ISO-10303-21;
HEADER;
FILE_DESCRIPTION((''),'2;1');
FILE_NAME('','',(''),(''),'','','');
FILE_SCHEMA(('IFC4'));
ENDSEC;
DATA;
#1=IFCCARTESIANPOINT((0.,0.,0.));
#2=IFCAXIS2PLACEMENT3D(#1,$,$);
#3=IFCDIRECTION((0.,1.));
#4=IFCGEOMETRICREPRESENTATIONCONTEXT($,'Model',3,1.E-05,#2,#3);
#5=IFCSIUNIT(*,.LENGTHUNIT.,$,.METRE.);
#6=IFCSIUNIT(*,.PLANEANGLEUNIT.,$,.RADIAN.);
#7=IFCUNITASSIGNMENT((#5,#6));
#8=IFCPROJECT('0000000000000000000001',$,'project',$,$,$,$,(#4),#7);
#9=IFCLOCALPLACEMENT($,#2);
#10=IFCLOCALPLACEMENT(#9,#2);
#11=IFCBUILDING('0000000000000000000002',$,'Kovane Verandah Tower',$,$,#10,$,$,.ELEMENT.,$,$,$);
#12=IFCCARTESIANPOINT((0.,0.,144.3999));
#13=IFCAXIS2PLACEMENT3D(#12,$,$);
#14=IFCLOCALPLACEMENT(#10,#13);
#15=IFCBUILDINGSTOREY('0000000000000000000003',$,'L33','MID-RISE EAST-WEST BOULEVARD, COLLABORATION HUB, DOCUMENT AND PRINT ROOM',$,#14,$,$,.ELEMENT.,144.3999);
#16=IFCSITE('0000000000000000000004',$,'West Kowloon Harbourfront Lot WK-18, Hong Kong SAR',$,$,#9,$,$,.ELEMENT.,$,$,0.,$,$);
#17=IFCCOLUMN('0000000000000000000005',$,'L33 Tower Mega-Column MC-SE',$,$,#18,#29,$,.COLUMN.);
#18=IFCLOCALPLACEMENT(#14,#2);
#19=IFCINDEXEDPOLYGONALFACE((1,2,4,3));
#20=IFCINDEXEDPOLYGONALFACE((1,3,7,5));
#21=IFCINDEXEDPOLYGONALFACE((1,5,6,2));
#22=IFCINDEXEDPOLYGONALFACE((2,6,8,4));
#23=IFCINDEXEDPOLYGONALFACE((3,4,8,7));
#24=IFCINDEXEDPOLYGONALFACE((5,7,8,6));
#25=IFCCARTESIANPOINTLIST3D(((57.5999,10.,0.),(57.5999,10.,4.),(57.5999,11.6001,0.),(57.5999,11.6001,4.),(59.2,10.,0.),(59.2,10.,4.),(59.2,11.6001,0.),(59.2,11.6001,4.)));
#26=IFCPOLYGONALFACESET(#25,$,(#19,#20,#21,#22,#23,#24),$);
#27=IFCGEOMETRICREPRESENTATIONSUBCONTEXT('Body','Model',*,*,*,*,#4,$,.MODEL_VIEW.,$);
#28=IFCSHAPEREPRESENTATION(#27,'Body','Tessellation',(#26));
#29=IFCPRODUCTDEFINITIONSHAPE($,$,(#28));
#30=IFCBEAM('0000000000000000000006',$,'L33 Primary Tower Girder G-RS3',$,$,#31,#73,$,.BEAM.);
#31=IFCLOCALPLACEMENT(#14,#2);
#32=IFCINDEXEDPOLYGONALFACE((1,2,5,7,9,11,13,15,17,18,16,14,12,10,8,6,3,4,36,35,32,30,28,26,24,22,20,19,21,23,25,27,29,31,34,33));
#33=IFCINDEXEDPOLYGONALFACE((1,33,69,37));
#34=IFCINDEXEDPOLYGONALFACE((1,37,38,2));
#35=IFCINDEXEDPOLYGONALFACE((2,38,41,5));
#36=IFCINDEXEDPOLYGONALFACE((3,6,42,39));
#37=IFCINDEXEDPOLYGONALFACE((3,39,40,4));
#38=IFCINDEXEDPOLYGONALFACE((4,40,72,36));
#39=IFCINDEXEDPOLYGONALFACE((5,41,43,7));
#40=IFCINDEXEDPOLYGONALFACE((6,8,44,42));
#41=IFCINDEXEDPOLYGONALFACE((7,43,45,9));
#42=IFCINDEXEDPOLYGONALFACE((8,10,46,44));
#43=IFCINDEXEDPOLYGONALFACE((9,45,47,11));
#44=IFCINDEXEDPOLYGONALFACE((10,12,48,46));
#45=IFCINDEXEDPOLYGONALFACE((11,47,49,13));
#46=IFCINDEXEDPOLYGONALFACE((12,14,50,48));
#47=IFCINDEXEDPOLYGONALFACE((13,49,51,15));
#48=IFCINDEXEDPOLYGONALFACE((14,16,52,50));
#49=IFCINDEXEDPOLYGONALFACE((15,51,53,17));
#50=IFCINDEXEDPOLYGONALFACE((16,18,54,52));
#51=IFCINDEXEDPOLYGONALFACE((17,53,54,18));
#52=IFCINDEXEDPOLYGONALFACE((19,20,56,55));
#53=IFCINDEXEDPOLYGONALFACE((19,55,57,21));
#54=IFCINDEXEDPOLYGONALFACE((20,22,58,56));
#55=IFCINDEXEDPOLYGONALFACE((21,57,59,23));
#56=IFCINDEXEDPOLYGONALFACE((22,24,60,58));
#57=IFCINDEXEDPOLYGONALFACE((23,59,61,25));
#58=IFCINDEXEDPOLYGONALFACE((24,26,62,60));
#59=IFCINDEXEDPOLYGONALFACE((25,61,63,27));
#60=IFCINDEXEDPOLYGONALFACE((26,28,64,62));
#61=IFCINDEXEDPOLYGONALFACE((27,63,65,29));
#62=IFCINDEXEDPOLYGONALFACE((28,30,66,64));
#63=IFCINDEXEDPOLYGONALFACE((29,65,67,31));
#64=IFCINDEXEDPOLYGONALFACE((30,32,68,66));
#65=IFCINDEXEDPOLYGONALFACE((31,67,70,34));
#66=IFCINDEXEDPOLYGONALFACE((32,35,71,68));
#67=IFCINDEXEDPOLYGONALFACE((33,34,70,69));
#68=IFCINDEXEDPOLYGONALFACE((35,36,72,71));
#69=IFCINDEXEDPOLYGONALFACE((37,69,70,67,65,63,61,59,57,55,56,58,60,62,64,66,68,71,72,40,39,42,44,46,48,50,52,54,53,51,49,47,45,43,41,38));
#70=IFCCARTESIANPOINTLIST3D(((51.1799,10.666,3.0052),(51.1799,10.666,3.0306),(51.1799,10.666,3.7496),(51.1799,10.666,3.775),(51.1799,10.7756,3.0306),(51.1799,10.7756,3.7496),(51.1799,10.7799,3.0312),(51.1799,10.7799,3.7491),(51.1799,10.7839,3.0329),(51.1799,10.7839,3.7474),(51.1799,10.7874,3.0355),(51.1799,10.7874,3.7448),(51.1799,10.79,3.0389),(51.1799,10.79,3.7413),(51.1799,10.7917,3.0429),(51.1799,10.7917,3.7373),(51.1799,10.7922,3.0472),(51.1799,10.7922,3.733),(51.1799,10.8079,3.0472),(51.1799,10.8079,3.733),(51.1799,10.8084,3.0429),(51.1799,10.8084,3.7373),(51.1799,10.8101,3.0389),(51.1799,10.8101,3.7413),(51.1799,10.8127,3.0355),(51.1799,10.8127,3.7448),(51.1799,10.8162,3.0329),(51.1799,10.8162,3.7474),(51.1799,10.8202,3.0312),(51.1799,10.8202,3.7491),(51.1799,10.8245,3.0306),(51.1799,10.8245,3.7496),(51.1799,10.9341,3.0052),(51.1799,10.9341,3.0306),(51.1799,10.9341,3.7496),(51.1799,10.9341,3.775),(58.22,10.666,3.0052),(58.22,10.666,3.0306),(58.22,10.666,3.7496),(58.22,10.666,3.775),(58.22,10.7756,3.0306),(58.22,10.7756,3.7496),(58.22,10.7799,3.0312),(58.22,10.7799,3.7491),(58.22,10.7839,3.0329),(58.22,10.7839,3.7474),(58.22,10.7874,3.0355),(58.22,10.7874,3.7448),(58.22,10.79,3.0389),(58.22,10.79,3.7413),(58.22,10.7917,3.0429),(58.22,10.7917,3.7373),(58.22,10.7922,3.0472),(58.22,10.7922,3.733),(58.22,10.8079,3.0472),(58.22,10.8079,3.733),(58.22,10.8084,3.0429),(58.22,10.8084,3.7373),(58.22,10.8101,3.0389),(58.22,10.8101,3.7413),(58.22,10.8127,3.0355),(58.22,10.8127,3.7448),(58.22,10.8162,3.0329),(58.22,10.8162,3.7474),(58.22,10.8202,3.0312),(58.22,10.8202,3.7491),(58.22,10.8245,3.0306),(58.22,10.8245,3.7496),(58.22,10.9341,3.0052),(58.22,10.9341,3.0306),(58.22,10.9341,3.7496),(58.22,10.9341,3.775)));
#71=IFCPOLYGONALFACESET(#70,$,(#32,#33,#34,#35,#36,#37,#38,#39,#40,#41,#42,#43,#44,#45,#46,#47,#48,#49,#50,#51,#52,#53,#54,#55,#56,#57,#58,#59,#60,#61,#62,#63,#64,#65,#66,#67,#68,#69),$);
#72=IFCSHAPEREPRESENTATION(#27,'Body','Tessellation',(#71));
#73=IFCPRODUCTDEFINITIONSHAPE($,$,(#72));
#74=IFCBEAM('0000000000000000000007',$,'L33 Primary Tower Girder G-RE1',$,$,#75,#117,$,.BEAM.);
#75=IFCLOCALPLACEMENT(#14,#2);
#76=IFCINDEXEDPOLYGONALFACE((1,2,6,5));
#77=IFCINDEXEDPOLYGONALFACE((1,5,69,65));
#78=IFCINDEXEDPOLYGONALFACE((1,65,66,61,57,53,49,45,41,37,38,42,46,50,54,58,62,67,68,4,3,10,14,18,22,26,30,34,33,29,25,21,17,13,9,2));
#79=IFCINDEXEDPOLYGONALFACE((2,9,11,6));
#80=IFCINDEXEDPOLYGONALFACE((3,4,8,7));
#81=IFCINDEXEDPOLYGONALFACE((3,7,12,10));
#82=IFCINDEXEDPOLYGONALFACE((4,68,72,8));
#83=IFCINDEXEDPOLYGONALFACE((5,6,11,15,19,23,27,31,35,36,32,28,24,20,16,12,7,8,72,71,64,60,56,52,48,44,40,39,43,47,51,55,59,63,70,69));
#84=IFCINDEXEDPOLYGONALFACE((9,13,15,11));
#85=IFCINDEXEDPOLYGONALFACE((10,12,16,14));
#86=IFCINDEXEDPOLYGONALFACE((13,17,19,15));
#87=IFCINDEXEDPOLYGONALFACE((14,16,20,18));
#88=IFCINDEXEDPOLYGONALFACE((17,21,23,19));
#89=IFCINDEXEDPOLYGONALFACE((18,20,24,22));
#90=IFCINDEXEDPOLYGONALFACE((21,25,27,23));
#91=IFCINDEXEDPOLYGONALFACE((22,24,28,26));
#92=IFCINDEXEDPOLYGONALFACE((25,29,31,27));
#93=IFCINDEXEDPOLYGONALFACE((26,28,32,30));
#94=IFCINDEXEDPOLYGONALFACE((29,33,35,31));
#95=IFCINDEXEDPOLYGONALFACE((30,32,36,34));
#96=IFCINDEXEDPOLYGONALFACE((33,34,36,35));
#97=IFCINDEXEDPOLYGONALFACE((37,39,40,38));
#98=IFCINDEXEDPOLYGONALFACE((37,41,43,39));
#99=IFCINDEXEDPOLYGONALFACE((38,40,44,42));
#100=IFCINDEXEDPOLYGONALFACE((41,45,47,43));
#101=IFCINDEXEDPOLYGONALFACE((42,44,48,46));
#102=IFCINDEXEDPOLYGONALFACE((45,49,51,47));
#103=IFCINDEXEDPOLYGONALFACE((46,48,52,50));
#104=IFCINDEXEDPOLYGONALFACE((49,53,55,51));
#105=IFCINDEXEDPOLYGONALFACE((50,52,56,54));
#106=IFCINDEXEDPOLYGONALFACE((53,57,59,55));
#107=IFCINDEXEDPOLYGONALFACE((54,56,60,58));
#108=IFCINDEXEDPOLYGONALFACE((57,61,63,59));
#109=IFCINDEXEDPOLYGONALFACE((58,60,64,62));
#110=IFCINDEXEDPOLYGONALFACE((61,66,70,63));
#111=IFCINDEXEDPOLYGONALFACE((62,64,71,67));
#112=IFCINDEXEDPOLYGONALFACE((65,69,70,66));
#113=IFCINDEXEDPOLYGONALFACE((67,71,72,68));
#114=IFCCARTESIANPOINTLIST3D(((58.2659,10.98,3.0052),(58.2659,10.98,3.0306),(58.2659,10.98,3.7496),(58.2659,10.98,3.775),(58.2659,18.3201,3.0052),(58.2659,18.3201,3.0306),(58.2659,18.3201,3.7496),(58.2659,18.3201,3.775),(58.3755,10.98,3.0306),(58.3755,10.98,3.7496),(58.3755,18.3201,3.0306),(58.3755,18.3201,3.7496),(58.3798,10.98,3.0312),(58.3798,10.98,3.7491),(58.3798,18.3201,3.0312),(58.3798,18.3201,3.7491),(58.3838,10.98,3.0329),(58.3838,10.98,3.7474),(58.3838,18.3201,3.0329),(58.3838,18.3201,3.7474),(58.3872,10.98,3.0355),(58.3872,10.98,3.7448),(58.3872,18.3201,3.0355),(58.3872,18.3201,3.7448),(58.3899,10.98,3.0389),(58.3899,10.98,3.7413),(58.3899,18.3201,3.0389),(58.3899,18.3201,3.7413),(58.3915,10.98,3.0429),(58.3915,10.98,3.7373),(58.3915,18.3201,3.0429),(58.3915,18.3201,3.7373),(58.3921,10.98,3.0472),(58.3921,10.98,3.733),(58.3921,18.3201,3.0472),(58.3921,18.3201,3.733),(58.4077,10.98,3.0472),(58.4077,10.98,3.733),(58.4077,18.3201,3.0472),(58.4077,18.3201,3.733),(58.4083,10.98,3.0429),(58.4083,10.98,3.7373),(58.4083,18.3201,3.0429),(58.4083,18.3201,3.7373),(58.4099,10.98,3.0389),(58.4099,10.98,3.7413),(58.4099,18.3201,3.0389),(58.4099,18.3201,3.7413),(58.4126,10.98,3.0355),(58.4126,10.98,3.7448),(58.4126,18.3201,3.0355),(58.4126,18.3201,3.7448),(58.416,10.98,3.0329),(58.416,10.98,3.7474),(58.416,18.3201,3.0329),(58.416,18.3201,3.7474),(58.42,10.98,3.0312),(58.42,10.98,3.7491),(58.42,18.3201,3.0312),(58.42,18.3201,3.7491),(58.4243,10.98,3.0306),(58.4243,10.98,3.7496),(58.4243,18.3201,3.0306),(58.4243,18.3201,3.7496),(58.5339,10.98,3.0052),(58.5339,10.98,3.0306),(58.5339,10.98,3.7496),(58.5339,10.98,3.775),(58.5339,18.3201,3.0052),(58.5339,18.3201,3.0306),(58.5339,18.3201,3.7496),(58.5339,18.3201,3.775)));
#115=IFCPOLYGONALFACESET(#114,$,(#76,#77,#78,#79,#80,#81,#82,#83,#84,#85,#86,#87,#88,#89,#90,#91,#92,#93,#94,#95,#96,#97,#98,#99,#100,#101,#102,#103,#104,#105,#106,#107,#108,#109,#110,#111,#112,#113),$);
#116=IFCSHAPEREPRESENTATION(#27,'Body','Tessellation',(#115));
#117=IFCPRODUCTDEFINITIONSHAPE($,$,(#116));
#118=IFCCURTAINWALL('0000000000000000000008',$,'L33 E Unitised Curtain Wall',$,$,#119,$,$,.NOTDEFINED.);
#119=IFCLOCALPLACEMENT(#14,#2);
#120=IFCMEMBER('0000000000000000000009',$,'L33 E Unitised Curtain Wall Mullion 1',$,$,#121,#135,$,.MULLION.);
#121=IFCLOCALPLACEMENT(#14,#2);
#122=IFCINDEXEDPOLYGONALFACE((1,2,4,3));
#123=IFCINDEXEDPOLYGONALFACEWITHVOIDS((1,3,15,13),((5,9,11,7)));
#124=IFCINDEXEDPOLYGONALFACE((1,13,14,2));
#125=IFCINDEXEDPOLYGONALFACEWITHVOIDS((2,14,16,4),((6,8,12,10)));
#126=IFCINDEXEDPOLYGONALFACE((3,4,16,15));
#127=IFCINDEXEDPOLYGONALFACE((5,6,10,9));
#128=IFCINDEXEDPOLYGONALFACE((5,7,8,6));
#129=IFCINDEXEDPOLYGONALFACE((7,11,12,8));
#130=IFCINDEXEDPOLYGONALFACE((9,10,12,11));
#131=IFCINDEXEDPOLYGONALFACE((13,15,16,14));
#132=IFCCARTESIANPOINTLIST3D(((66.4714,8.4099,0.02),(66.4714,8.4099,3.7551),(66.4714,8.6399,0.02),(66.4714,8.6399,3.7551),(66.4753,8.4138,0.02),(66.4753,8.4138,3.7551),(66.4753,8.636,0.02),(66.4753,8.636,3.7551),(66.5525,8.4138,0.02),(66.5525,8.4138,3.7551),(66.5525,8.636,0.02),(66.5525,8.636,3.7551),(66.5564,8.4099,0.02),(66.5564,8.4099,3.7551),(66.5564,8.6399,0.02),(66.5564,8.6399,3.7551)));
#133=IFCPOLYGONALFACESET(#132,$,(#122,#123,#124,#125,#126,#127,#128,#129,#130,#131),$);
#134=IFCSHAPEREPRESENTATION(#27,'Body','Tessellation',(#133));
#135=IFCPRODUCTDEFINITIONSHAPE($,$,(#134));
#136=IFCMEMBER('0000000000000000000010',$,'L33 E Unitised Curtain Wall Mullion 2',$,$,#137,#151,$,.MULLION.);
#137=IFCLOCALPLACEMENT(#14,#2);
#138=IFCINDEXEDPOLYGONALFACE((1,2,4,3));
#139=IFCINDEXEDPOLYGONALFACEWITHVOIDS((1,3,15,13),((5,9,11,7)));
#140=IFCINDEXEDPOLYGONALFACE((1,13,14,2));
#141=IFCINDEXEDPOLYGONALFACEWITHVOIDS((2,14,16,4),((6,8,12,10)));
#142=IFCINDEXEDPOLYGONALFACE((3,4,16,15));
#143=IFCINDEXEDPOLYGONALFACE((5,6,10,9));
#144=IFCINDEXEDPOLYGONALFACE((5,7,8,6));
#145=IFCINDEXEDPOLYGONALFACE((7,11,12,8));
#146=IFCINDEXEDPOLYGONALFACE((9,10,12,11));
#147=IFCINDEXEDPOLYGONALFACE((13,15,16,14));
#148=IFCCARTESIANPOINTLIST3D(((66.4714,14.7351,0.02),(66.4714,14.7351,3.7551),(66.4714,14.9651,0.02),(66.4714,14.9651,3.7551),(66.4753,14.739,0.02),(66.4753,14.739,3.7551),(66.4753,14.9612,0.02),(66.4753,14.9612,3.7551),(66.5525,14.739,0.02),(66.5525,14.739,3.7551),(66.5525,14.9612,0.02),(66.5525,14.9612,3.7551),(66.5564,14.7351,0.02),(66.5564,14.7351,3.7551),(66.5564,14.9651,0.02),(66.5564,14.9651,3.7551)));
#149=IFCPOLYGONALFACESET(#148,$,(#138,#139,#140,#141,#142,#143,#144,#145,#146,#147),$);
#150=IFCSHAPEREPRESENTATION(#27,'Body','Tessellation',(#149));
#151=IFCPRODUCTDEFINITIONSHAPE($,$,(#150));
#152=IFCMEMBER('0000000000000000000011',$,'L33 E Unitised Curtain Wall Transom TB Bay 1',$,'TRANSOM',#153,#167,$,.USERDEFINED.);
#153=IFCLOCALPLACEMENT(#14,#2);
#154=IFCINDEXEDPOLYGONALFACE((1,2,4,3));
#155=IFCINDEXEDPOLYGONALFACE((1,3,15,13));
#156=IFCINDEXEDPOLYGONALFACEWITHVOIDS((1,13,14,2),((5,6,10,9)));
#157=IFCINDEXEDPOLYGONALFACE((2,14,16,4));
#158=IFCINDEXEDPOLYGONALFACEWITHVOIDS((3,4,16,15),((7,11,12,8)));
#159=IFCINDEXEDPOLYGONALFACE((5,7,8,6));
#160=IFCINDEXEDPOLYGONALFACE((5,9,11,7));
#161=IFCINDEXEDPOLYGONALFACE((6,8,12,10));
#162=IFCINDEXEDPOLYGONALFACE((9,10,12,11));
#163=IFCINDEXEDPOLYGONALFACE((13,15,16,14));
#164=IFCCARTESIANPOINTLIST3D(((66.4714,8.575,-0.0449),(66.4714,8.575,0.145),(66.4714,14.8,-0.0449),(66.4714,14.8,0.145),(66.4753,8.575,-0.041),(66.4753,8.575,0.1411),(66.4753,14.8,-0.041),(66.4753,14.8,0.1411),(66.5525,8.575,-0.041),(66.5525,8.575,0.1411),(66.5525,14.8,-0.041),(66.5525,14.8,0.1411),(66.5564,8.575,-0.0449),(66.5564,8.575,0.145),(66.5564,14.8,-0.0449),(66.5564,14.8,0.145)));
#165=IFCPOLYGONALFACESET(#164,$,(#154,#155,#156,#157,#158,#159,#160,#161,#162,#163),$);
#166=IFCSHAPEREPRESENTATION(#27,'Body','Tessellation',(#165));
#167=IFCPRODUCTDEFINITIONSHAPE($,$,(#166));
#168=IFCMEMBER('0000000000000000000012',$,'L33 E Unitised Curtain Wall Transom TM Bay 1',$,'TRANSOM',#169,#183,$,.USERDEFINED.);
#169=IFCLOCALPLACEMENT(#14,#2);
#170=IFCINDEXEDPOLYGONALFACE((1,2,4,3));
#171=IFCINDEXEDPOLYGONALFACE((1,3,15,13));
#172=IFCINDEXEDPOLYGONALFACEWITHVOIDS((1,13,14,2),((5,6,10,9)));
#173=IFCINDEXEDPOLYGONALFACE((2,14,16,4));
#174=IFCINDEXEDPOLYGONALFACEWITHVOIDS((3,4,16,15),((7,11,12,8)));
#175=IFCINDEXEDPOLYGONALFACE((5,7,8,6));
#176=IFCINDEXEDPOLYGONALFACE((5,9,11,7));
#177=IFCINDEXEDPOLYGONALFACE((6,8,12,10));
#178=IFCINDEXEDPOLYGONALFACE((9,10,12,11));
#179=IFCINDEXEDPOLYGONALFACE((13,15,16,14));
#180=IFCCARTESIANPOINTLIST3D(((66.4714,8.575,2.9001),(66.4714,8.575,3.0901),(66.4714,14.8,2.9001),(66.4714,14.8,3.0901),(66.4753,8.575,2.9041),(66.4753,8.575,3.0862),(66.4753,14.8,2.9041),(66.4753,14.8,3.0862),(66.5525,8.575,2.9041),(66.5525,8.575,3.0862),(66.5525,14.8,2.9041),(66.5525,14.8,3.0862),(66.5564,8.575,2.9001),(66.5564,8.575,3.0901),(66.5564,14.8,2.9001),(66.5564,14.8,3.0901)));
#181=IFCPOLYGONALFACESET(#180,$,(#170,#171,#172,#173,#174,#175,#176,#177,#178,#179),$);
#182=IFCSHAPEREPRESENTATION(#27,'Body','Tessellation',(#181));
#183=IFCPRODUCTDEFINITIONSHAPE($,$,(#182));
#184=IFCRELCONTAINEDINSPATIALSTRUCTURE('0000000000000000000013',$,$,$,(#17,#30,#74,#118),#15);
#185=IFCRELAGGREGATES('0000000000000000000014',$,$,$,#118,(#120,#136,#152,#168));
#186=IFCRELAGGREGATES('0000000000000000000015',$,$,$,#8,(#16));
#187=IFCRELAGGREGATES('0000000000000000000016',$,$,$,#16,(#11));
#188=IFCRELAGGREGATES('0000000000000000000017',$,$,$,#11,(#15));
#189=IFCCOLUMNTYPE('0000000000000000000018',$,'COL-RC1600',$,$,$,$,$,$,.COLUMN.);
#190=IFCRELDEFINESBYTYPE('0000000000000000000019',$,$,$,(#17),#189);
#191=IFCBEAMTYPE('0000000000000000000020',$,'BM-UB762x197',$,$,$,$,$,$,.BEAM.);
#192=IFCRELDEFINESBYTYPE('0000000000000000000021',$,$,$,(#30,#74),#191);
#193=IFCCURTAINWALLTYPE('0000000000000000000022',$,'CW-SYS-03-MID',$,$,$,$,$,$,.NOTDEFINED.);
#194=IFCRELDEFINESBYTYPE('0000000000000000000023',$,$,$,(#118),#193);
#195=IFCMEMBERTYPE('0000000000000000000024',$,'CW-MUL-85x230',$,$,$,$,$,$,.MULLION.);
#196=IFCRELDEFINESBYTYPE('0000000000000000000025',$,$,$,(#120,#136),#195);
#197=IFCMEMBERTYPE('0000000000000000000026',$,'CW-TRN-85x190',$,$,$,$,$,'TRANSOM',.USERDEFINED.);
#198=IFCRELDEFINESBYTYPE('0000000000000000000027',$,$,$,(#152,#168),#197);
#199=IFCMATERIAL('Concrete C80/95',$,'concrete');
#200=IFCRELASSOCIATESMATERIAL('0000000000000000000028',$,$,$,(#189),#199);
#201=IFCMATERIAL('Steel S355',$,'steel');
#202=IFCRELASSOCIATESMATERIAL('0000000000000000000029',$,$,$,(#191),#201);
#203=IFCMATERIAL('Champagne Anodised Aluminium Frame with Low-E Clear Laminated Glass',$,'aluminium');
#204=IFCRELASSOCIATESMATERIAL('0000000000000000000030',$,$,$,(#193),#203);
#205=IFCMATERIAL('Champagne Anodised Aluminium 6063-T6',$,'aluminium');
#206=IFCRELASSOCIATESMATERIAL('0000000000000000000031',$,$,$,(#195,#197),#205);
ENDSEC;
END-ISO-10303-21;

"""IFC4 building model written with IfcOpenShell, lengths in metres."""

from ifc_helpers import new_model, si_unit, direction, frame, origin, origin_2d, place, context, subcontext, project, spatial, rectangle, hollow_rectangle, i_section, extrude, material, material_profile, profile_set, type_object, element, aggregate, save


model = new_model("IFC4")

# Units and contexts
model_context = context("Model", 3, precision=1e-05, world=origin(), true_north=direction((0.0, 1.0)))
body_context = subcontext(model_context, "Body", "Model", "MODEL_VIEW")
ifc_project = project(units=[si_unit("LENGTHUNIT", "METRE"), si_unit("PLANEANGLEUNIT", "RADIAN")], contexts=[model_context])

# Site, building, storey
site_placement = place(None, origin())
site = spatial("IfcSite", under=ifc_project, at=site_placement, Name="West Kowloon Harbourfront Lot WK-18, Hong Kong SAR", CompositionType="ELEMENT", RefElevation=0.0)
building_placement = place(site_placement, origin())
building = spatial("IfcBuilding", under=site, at=building_placement, Name="Kovane Verandah Tower", CompositionType="ELEMENT")
storey_placement = place(building_placement, frame((0.0, 0.0, 144.3999)))
storey = spatial("IfcBuildingStorey", under=building, at=storey_placement, Name="L33", Description="MID-RISE EAST-WEST BOULEVARD, COLLABORATION HUB, DOCUMENT AND PRINT ROOM", CompositionType="ELEMENT", Elevation=144.3999)

# Column
ifc_material_1 = material(Name="Concrete C80/95", Category="concrete")
ifc_material_profile_1 = material_profile(ifc_material_1, rectangle(XDim=1.6001, YDim=1.6001, at=origin_2d()), Name="RC1600x1600")
ifc_profile_set_1 = profile_set([ifc_material_profile_1], Name="Concrete C80/95")
column_type = type_object("IfcColumnType", Name="COL-RC1600", PredefinedType="COLUMN", material=ifc_profile_set_1)
column_placement = place(storey_placement, frame((58.3999, 10.8, 0.0), z_axis=(0.0, 0.0, 1.0), x_axis=(1.0, 0.0, 0.0)))
element("IfcColumn", 1, at=column_placement, inside=storey, type_object=column_type, Name="L33 Tower Mega-Column MC-SE", PredefinedType="COLUMN", context=body_context, shape_type="SweptSolid", body=[
    extrude(rectangle(XDim=1.6001, YDim=1.6001, at=origin_2d()), origin(), (0.0, 0.0, 1.0), 4.0),
])

# Beams
ifc_material_2 = material(Name="Steel S355", Category="steel")
ifc_material_profile_2 = material_profile(ifc_material_2, i_section(OverallWidth=0.2681, OverallDepth=0.7698, WebThickness=0.0156, FlangeThickness=0.0254, FilletRadius=0.0166, at=origin_2d()), Name="UB762x267x197")
ifc_profile_set_2 = profile_set([ifc_material_profile_2], Name="Steel S355")
beam_type_1 = type_object("IfcBeamType", Name="BM-UB762x197", PredefinedType="BEAM", material=ifc_profile_set_2)
beam_1_placement = place(storey_placement, frame((51.1799, 10.8, 3.3901), z_axis=(1.0, 0.0, 0.0), x_axis=(0.0, 1.0, 0.0)))
element("IfcBeam", 2, at=beam_1_placement, inside=storey, type_object=beam_type_1, Name="L33 Primary Tower Girder G-RS3", PredefinedType="BEAM", context=body_context, shape_type="SweptSolid", body=[
    extrude(i_section(OverallWidth=0.2681, OverallDepth=0.7698, WebThickness=0.0156, FlangeThickness=0.0254, FilletRadius=0.0166, at=origin_2d()), origin(), (0.0, 0.0, 1.0), 7.04),
])
beam_2_placement = place(storey_placement, frame((58.3999, 10.98, 3.3901), z_axis=(0.0, 1.0, 0.0), x_axis=(-1.0, 0.0, 0.0)))
element("IfcBeam", 3, at=beam_2_placement, inside=storey, type_object=beam_type_1, Name="L33 Primary Tower Girder G-RE1", PredefinedType="BEAM", context=body_context, shape_type="SweptSolid", body=[
    extrude(i_section(OverallWidth=0.2681, OverallDepth=0.7698, WebThickness=0.0156, FlangeThickness=0.0254, FilletRadius=0.0166, at=origin_2d()), origin(), (0.0, 0.0, 1.0), 7.3401),
])

# Curtain wall, members
ifc_material_3 = material(Name="Champagne Anodised Aluminium Frame with Low-E Clear Laminated Glass", Category="aluminium")
curtain_wall_type = type_object("IfcCurtainWallType", Name="CW-SYS-03-MID", PredefinedType="NOTDEFINED", material=ifc_material_3)
curtain_wall_placement = place(storey_placement, origin())
curtain_wall = element("IfcCurtainWall", 4, at=curtain_wall_placement, inside=storey, type_object=curtain_wall_type, Name="L33 E Unitised Curtain Wall", PredefinedType="NOTDEFINED")
ifc_material_4 = material(Name="Champagne Anodised Aluminium 6063-T6", Category="aluminium")
ifc_material_profile_3 = material_profile(ifc_material_4, hollow_rectangle(XDim=0.085, YDim=0.23, WallThickness=0.0039, at=origin_2d()), Name="AL85x230x4")
ifc_profile_set_3 = profile_set([ifc_material_profile_3], Name="Champagne Anodised Aluminium 6063-T6")
member_type_1 = type_object("IfcMemberType", Name="CW-MUL-85x230", PredefinedType="MULLION", material=ifc_profile_set_3)
member_1_placement = place(storey_placement, frame((66.5139, 8.5249, 0.02), z_axis=(0.0, 0.0, 1.0), x_axis=(1.0, 0.0, 0.0)))
member_1 = element("IfcMember", 5, at=member_1_placement, type_object=member_type_1, Name="L33 E Unitised Curtain Wall Mullion 1", PredefinedType="MULLION", context=body_context, shape_type="SweptSolid", body=[
    extrude(hollow_rectangle(XDim=0.085, YDim=0.23, WallThickness=0.0039, at=origin_2d()), origin(), (0.0, 0.0, 1.0), 3.7351),
])
member_2_placement = place(storey_placement, frame((66.5139, 14.8501, 0.02), z_axis=(0.0, 0.0, 1.0), x_axis=(1.0, 0.0, 0.0)))
member_2 = element("IfcMember", 6, at=member_2_placement, type_object=member_type_1, Name="L33 E Unitised Curtain Wall Mullion 2", PredefinedType="MULLION", context=body_context, shape_type="SweptSolid", body=[
    extrude(hollow_rectangle(XDim=0.085, YDim=0.23, WallThickness=0.0039, at=origin_2d()), origin(), (0.0, 0.0, 1.0), 3.7351),
])
ifc_material_profile_4 = material_profile(ifc_material_4, hollow_rectangle(XDim=0.085, YDim=0.1899, WallThickness=0.0039, at=origin_2d()), Name="AL85x190x4")
ifc_profile_set_4 = profile_set([ifc_material_profile_4], Name="Champagne Anodised Aluminium 6063-T6")
member_type_2 = type_object("IfcMemberType", Name="CW-TRN-85x190", ElementType="TRANSOM", PredefinedType="USERDEFINED", material=ifc_profile_set_4)
member_3_placement = place(storey_placement, frame((66.5139, 8.575, 0.05), z_axis=(0.0, 1.0, 0.0), x_axis=(-1.0, 0.0, 0.0)))
member_3 = element("IfcMember", 7, at=member_3_placement, type_object=member_type_2, Name="L33 E Unitised Curtain Wall Transom TB Bay 1", ObjectType="TRANSOM", PredefinedType="USERDEFINED", context=body_context, shape_type="SweptSolid", body=[
    extrude(hollow_rectangle(XDim=0.085, YDim=0.1899, WallThickness=0.0039, at=origin_2d()), origin(), (0.0, 0.0, 1.0), 6.2251),
])
member_4_placement = place(storey_placement, frame((66.5139, 8.575, 2.9951), z_axis=(0.0, 1.0, 0.0), x_axis=(-1.0, 0.0, 0.0)))
member_4 = element("IfcMember", 8, at=member_4_placement, type_object=member_type_2, Name="L33 E Unitised Curtain Wall Transom TM Bay 1", ObjectType="TRANSOM", PredefinedType="USERDEFINED", context=body_context, shape_type="SweptSolid", body=[
    extrude(hollow_rectangle(XDim=0.085, YDim=0.1899, WallThickness=0.0039, at=origin_2d()), origin(), (0.0, 0.0, 1.0), 6.2251),
])

aggregate(curtain_wall, [member_1, member_2, member_3, member_4])

save(model, "model.ifc")
